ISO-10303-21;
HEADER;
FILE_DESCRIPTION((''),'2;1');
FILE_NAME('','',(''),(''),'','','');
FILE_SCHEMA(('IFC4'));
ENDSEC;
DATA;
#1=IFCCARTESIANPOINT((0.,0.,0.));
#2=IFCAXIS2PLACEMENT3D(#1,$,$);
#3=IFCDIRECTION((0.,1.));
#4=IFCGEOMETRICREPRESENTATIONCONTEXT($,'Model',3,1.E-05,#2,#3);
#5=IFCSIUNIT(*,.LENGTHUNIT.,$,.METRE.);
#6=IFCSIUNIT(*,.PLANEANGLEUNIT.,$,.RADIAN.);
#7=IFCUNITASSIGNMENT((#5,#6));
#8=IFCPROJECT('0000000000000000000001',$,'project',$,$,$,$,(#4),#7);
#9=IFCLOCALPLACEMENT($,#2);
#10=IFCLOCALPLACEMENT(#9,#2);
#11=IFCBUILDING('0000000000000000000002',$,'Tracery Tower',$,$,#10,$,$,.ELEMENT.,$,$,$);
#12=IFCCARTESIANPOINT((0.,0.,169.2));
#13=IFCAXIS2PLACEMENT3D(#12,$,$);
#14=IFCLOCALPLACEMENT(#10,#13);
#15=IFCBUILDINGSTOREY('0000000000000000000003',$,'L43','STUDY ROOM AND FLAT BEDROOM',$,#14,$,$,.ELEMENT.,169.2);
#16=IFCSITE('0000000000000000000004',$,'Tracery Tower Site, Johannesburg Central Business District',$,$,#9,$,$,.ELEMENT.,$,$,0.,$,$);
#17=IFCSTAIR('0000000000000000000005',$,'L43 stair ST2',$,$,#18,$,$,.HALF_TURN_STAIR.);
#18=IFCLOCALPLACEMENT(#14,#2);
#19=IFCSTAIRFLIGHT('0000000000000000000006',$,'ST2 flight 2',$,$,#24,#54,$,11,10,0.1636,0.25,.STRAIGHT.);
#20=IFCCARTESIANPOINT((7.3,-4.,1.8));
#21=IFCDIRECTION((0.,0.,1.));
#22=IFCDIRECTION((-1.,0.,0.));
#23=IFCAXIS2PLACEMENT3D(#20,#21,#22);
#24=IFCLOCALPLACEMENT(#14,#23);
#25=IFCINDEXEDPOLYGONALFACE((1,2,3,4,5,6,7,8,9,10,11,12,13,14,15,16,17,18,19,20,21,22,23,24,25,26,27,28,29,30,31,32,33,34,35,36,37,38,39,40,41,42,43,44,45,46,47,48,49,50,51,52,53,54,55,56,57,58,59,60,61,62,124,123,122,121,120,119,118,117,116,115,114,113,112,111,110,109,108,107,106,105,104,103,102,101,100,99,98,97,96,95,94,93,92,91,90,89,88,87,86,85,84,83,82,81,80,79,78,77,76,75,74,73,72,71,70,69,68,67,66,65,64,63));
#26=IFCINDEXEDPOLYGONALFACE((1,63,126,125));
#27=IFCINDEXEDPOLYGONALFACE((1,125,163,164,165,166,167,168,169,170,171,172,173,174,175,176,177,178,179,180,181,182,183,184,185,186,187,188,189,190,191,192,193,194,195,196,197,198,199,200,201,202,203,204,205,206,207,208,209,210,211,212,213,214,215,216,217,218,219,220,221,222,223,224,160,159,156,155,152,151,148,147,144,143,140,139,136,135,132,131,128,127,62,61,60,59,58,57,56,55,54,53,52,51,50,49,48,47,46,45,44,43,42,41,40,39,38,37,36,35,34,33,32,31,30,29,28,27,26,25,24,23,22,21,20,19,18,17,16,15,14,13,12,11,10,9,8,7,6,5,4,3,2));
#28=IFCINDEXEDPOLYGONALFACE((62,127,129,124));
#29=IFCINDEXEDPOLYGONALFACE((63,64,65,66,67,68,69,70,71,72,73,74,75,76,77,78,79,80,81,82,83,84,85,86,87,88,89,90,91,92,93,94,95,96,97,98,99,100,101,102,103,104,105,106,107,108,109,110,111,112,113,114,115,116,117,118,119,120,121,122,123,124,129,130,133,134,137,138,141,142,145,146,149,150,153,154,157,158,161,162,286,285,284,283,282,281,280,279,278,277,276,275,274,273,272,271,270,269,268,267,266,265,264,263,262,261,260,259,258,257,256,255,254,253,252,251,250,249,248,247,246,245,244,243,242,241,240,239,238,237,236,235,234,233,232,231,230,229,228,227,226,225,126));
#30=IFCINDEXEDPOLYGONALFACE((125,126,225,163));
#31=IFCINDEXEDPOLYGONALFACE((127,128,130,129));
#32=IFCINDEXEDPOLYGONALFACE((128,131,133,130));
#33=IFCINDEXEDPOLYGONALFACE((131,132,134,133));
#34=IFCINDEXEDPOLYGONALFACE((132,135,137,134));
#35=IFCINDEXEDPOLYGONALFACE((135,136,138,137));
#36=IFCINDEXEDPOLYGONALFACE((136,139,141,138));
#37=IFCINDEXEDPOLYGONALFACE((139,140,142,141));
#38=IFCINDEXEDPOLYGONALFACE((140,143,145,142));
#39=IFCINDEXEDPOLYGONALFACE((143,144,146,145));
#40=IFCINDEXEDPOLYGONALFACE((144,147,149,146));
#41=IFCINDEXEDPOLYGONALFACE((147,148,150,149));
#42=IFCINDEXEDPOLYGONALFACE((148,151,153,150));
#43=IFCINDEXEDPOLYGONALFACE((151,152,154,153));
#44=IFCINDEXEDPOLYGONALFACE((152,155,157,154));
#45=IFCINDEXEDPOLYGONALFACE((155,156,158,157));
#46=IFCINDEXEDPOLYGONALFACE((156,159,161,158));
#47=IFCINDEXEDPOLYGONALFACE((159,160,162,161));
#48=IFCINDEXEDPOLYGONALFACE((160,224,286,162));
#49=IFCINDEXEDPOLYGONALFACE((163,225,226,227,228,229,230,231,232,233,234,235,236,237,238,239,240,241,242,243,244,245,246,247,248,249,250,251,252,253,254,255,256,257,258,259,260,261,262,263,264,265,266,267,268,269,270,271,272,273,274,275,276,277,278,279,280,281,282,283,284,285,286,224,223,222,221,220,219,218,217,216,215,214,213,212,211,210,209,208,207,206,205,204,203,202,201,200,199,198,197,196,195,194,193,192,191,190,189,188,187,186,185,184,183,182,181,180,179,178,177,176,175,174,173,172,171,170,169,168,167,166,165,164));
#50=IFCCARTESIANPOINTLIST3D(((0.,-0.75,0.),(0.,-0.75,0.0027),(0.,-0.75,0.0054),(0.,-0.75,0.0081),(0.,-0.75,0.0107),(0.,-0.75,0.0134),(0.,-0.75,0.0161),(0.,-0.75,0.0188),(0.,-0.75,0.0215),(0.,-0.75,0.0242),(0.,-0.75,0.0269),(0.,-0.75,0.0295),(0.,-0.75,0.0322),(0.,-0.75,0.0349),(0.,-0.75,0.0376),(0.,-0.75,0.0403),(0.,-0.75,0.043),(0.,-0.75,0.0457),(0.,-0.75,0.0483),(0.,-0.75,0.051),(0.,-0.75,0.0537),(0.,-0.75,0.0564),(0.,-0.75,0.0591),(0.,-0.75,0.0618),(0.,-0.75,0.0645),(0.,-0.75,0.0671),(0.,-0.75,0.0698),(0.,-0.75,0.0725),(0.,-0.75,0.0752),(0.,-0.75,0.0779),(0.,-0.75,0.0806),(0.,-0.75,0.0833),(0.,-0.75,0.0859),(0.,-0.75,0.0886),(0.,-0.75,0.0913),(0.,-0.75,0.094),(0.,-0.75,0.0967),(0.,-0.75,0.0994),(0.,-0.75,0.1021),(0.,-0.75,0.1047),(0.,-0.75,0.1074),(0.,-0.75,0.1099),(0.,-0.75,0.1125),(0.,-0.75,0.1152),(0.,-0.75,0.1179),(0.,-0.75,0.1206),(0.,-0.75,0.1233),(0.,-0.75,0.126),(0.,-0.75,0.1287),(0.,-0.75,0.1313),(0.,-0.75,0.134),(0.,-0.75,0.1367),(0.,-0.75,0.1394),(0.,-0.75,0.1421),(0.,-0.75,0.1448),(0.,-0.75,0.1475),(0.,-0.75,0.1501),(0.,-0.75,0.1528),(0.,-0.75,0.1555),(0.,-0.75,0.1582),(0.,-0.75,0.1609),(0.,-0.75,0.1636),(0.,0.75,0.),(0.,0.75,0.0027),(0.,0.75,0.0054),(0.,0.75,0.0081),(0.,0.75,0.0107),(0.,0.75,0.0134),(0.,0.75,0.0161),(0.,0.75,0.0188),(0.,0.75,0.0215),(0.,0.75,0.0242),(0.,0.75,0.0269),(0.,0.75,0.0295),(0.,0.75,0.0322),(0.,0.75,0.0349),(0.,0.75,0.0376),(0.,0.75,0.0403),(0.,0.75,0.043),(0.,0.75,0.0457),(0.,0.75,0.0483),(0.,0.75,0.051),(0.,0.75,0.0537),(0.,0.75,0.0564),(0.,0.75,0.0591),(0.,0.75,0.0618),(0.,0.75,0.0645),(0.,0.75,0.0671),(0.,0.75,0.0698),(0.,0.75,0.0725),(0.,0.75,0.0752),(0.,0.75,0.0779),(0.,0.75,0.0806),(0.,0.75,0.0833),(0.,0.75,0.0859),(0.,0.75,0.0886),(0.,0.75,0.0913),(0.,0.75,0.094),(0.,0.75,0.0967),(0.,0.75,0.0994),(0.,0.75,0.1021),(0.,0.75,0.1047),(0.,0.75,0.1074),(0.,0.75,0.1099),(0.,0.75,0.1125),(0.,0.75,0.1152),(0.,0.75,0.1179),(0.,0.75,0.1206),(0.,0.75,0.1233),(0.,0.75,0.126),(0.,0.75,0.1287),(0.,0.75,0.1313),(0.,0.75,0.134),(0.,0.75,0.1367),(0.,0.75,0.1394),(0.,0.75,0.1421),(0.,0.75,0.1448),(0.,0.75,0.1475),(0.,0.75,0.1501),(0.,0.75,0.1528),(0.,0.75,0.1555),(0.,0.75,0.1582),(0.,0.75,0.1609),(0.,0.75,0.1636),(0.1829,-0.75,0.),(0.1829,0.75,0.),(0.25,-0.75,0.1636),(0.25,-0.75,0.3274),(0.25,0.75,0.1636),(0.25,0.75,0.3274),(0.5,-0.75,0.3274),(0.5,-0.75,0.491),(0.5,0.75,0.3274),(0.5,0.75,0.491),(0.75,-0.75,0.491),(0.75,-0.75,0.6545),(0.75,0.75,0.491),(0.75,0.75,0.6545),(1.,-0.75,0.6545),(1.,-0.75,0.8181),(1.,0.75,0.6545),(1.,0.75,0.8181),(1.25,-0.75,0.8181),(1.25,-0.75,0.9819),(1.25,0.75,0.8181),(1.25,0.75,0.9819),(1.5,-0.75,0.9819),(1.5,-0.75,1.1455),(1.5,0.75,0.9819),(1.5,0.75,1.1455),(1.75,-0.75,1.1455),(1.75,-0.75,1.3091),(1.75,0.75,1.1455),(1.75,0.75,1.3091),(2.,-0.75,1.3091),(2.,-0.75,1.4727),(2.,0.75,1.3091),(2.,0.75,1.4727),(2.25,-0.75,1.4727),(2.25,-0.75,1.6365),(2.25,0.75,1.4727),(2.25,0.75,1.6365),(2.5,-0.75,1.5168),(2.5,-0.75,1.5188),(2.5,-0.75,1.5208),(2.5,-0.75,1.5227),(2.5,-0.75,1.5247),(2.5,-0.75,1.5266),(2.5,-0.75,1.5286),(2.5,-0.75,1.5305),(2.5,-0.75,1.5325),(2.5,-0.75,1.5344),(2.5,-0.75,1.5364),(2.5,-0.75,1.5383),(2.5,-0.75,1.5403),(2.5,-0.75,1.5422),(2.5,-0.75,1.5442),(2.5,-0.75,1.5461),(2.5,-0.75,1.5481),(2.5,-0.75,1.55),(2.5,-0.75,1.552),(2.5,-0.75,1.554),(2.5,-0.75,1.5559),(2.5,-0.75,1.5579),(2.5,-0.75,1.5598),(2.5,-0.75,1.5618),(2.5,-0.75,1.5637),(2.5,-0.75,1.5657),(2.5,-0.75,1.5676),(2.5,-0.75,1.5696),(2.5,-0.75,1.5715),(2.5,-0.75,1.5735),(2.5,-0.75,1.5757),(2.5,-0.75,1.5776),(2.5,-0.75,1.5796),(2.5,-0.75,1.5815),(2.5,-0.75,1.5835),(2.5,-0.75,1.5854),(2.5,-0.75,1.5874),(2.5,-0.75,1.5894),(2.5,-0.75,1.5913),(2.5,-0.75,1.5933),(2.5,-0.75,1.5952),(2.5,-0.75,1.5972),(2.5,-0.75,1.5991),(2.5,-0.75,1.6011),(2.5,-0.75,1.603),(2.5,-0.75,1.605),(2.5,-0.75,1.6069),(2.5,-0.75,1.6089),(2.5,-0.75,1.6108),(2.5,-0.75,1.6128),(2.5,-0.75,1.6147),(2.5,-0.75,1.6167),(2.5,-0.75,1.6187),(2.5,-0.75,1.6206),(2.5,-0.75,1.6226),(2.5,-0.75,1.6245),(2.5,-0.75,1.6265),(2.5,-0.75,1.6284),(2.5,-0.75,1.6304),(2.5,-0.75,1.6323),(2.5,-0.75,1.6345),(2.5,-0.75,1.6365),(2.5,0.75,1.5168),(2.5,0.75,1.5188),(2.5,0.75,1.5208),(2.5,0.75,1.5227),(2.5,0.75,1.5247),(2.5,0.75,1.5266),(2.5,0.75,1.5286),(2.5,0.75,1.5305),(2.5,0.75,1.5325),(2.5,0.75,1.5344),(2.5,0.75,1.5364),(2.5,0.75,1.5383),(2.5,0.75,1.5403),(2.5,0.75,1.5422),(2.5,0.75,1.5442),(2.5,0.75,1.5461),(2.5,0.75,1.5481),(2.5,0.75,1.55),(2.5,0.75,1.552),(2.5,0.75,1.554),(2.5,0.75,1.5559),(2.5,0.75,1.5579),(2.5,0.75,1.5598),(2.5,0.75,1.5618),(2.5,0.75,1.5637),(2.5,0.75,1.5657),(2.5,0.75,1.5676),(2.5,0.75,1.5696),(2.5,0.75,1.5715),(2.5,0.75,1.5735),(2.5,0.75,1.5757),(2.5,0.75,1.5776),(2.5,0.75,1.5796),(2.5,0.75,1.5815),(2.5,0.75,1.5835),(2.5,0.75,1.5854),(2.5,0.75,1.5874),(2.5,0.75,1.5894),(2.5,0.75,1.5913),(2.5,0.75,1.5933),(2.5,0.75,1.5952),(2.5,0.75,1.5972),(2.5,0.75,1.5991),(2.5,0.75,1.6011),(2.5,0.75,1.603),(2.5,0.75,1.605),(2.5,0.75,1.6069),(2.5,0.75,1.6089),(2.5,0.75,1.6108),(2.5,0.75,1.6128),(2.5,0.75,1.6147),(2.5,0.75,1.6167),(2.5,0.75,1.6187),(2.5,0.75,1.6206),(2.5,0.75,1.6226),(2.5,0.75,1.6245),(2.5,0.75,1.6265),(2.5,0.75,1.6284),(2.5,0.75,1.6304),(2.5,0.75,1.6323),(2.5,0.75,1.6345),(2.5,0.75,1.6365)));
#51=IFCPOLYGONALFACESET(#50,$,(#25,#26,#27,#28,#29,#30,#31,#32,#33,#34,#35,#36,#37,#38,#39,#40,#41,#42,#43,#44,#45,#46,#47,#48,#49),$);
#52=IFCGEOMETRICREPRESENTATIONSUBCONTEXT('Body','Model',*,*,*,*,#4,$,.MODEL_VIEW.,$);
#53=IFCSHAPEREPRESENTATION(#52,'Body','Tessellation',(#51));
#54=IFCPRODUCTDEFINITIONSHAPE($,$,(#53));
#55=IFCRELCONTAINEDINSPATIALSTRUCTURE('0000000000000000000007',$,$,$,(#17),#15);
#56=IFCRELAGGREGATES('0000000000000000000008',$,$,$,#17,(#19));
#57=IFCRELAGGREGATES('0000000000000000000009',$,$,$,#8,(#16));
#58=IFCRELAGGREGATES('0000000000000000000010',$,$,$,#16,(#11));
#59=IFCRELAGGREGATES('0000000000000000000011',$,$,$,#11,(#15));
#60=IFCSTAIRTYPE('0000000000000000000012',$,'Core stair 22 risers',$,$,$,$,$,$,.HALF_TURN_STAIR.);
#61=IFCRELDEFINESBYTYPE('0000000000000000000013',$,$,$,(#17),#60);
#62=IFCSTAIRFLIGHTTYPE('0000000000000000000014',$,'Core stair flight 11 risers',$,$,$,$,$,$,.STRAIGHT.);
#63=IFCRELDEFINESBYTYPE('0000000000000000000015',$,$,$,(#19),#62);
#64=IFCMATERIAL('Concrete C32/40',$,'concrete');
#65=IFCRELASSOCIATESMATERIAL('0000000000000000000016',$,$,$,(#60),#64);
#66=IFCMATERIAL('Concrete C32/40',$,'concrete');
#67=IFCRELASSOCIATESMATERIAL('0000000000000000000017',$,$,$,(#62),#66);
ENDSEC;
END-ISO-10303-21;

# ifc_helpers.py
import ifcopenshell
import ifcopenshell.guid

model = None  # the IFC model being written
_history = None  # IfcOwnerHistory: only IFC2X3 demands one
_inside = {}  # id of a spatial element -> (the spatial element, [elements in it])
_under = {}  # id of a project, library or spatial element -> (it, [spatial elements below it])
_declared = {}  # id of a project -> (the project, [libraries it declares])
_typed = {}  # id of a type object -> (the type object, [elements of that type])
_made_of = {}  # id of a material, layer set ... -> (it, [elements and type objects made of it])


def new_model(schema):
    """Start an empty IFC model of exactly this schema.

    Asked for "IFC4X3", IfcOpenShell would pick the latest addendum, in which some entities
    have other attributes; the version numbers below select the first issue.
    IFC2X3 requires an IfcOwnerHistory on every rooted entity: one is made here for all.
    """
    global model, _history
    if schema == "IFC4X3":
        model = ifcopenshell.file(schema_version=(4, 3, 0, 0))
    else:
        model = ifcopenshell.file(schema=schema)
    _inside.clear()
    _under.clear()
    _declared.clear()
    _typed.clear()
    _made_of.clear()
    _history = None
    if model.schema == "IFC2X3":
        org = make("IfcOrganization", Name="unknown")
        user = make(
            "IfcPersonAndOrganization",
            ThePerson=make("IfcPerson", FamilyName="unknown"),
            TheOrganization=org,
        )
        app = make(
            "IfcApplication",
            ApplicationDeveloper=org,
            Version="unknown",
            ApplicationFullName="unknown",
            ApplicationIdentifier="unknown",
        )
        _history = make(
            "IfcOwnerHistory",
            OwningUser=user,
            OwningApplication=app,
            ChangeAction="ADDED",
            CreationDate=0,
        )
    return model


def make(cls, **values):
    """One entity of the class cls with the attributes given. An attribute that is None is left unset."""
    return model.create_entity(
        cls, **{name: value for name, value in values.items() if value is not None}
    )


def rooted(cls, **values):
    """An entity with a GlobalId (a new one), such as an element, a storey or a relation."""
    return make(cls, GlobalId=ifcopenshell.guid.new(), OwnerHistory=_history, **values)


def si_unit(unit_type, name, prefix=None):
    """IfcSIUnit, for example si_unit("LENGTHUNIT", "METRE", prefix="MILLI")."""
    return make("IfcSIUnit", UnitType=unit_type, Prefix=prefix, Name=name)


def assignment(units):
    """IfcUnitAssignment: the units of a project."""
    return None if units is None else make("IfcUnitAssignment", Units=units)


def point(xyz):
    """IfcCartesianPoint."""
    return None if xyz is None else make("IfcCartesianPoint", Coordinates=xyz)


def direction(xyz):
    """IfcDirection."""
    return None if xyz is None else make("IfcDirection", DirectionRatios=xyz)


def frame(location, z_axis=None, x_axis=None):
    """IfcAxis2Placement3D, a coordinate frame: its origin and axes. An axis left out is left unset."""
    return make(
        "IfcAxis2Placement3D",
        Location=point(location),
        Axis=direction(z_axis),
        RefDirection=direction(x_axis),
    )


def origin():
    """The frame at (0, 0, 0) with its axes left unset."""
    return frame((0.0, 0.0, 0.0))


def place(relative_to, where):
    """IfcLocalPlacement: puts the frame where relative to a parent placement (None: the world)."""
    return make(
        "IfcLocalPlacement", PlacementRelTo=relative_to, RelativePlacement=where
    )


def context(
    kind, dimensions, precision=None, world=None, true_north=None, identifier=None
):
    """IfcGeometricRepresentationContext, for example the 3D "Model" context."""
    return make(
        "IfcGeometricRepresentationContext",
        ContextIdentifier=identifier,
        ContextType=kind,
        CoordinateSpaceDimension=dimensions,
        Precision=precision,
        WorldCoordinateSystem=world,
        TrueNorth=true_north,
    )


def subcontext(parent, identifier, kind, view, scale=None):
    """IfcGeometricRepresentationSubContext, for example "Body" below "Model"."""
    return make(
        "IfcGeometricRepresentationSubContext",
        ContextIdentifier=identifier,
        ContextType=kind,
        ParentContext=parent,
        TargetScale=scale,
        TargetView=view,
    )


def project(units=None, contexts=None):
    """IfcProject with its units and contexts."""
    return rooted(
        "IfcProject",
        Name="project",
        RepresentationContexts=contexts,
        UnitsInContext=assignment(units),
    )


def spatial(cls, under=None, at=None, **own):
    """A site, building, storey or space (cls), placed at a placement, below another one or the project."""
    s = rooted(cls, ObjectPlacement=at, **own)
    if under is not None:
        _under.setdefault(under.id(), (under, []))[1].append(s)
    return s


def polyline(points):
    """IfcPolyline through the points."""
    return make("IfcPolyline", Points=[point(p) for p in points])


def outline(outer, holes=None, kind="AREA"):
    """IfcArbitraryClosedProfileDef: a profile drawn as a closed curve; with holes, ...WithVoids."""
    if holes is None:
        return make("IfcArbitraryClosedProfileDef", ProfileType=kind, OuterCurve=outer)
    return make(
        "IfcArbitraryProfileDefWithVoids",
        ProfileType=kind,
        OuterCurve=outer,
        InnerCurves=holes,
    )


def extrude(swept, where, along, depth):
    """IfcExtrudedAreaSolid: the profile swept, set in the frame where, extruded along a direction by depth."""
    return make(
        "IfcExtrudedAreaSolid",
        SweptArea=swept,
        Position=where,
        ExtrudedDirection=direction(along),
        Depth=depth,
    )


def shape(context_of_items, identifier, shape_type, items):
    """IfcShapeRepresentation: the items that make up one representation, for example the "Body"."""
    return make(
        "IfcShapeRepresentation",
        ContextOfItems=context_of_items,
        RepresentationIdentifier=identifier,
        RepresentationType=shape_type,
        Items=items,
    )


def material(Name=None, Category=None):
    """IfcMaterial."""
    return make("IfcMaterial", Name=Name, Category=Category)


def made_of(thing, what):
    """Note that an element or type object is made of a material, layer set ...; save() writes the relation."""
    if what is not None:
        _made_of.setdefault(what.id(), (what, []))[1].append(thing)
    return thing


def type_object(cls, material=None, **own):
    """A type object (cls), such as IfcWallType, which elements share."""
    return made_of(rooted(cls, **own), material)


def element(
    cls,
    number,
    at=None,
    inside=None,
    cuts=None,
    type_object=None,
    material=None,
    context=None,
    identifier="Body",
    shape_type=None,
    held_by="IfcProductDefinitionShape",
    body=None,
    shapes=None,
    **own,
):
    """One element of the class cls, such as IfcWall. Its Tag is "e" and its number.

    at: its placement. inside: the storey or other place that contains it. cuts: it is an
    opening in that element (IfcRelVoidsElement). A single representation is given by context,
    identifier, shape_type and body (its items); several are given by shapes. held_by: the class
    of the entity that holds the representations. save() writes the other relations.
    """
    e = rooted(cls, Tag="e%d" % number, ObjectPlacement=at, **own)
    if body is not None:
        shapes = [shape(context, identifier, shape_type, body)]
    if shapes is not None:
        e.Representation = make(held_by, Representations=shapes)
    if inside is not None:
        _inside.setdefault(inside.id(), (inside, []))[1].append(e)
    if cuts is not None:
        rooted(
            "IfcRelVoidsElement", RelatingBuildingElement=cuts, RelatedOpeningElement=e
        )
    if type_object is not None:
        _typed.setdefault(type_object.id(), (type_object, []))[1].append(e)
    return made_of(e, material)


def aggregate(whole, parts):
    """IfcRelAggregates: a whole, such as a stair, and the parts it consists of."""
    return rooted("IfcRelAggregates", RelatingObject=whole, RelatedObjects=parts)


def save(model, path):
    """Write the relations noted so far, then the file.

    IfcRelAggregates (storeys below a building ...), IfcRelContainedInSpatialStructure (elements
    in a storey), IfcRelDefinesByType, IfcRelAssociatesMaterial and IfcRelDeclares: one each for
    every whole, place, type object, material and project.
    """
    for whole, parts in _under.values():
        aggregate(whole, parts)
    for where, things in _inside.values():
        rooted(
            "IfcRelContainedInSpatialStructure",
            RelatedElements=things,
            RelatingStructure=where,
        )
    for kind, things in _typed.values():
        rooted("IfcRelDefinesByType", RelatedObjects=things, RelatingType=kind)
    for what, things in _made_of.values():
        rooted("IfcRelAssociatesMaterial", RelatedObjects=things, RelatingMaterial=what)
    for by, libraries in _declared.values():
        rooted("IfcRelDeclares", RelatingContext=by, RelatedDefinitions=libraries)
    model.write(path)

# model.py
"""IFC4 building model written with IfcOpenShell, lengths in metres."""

from ifc_helpers import new_model, si_unit, direction, frame, origin, place, context, subcontext, project, spatial, polyline, outline, extrude, material, type_object, element, aggregate, save


model = new_model("IFC4")

# Units and contexts
model_context = context("Model", 3, precision=1e-05, world=origin(), true_north=direction((0.0, 1.0)))
body_context = subcontext(model_context, "Body", "Model", "MODEL_VIEW")
ifc_project = project(units=[si_unit("LENGTHUNIT", "METRE"), si_unit("PLANEANGLEUNIT", "RADIAN")], contexts=[model_context])

# Site, building, storey
site_placement = place(None, origin())
site = spatial("IfcSite", under=ifc_project, at=site_placement, Name="Tracery Tower Site, Johannesburg Central Business District", CompositionType="ELEMENT", RefElevation=0.0)
building_placement = place(site_placement, origin())
building = spatial("IfcBuilding", under=site, at=building_placement, Name="Tracery Tower", CompositionType="ELEMENT")
storey_placement = place(building_placement, frame((0.0, 0.0, 169.2)))
storey = spatial("IfcBuildingStorey", under=building, at=storey_placement, Name="L43", Description="STUDY ROOM AND FLAT BEDROOM", CompositionType="ELEMENT", Elevation=169.2)

# Stair, stair flight
ifc_material_1 = material(Name="Concrete C32/40", Category="concrete")
stair_type = type_object("IfcStairType", Name="Core stair 22 risers", PredefinedType="HALF_TURN_STAIR", material=ifc_material_1)
stair_placement = place(storey_placement, origin())
stair = element("IfcStair", 1, at=stair_placement, inside=storey, type_object=stair_type, Name="L43 stair ST2", PredefinedType="HALF_TURN_STAIR")
ifc_material_2 = material(Name="Concrete C32/40", Category="concrete")
stair_flight_type = type_object("IfcStairFlightType", Name="Core stair flight 11 risers", PredefinedType="STRAIGHT", material=ifc_material_2)
stair_flight_1_placement = place(storey_placement, frame((7.3, -4.0, 1.8), z_axis=(0.0, 0.0, 1.0), x_axis=(-1.0, 0.0, 0.0)))
stair_flight_1 = element("IfcStairFlight", 2, at=stair_flight_1_placement, type_object=stair_flight_type, Name="ST2 flight 2", NumberOfRisers=11, NumberOfTreads=10, PredefinedType="STRAIGHT", RiserHeight=0.1636, TreadLength=0.25, context=body_context, shape_type="SweptSolid", body=[
    extrude(outline(polyline([(0.0, 0.0), (0.0, 0.0027), (0.0, 0.0054), (0.0, 0.0081), (0.0, 0.0107), (0.0, 0.0134), (0.0, 0.0161), (0.0, 0.0188), (0.0, 0.0215), (0.0, 0.0242), (0.0, 0.0269), (0.0, 0.0295), (0.0, 0.0322), (0.0, 0.0349), (0.0, 0.0376), (0.0, 0.0403), (0.0, 0.043), (0.0, 0.0457), (0.0, 0.0483), (0.0, 0.051), (0.0, 0.0537), (0.0, 0.0564), (0.0, 0.0591), (0.0, 0.0618), (0.0, 0.0645), (0.0, 0.0671), (0.0, 0.0698), (0.0, 0.0725), (0.0, 0.0752), (0.0, 0.0779), (0.0, 0.0806), (0.0, 0.0833), (0.0, 0.0859), (0.0, 0.0886), (0.0, 0.0913), (0.0, 0.094), (0.0, 0.0967), (0.0, 0.0994), (0.0, 0.1021), (0.0, 0.1047), (0.0, 0.1074), (0.0, 0.1099), (0.0, 0.1125), (0.0, 0.1152), (0.0, 0.1179), (0.0, 0.1206), (0.0, 0.1233), (0.0, 0.126), (0.0, 0.1287), (0.0, 0.1313), (0.0, 0.134), (0.0, 0.1367), (0.0, 0.1394), (0.0, 0.1421), (0.0, 0.1448), (0.0, 0.1475), (0.0, 0.1501), (0.0, 0.1528), (0.0, 0.1555), (0.0, 0.1582), (0.0, 0.1609), (0.0, 0.1636), (0.25, 0.1636), (0.25, 0.3274), (0.5, 0.3274), (0.5, 0.491), (0.75, 0.491), (0.75, 0.6545), (1.0, 0.6545), (1.0, 0.8181), (1.25, 0.8181), (1.25, 0.9819), (1.5, 0.9819), (1.5, 1.1455), (1.75, 1.1455), (1.75, 1.3091), (2.0, 1.3091), (2.0, 1.4727), (2.25, 1.4727), (2.25, 1.6365), (2.5, 1.6365), (2.5, 1.6345), (2.5, 1.6323), (2.5, 1.6304), (2.5, 1.6284), (2.5, 1.6265), (2.5, 1.6245), (2.5, 1.6226), (2.5, 1.6206), (2.5, 1.6187), (2.5, 1.6167), (2.5, 1.6147), (2.5, 1.6128), (2.5, 1.6108), (2.5, 1.6089), (2.5, 1.6069), (2.5, 1.605), (2.5, 1.603), (2.5, 1.6011), (2.5, 1.5991), (2.5, 1.5972), (2.5, 1.5952), (2.5, 1.5933), (2.5, 1.5913), (2.5, 1.5894), (2.5, 1.5874), (2.5, 1.5854), (2.5, 1.5835), (2.5, 1.5815), (2.5, 1.5796), (2.5, 1.5776), (2.5, 1.5757), (2.5, 1.5735), (2.5, 1.5715), (2.5, 1.5696), (2.5, 1.5676), (2.5, 1.5657), (2.5, 1.5637), (2.5, 1.5618), (2.5, 1.5598), (2.5, 1.5579), (2.5, 1.5559), (2.5, 1.554), (2.5, 1.552), (2.5, 1.55), (2.5, 1.5481), (2.5, 1.5461), (2.5, 1.5442), (2.5, 1.5422), (2.5, 1.5403), (2.5, 1.5383), (2.5, 1.5364), (2.5, 1.5344), (2.5, 1.5325), (2.5, 1.5305), (2.5, 1.5286), (2.5, 1.5266), (2.5, 1.5247), (2.5, 1.5227), (2.5, 1.5208), (2.5, 1.5188), (2.5, 1.5168), (0.1829, 0.0), (0.0, 0.0)])), frame((0.0, 0.75, 0.0), z_axis=(0.0, -1.0, 0.0), x_axis=(1.0, 0.0, 0.0)), (0.0, 0.0, 1.0), 1.5),
])
aggregate(stair, [stair_flight_1])

save(model, "model.ifc")
